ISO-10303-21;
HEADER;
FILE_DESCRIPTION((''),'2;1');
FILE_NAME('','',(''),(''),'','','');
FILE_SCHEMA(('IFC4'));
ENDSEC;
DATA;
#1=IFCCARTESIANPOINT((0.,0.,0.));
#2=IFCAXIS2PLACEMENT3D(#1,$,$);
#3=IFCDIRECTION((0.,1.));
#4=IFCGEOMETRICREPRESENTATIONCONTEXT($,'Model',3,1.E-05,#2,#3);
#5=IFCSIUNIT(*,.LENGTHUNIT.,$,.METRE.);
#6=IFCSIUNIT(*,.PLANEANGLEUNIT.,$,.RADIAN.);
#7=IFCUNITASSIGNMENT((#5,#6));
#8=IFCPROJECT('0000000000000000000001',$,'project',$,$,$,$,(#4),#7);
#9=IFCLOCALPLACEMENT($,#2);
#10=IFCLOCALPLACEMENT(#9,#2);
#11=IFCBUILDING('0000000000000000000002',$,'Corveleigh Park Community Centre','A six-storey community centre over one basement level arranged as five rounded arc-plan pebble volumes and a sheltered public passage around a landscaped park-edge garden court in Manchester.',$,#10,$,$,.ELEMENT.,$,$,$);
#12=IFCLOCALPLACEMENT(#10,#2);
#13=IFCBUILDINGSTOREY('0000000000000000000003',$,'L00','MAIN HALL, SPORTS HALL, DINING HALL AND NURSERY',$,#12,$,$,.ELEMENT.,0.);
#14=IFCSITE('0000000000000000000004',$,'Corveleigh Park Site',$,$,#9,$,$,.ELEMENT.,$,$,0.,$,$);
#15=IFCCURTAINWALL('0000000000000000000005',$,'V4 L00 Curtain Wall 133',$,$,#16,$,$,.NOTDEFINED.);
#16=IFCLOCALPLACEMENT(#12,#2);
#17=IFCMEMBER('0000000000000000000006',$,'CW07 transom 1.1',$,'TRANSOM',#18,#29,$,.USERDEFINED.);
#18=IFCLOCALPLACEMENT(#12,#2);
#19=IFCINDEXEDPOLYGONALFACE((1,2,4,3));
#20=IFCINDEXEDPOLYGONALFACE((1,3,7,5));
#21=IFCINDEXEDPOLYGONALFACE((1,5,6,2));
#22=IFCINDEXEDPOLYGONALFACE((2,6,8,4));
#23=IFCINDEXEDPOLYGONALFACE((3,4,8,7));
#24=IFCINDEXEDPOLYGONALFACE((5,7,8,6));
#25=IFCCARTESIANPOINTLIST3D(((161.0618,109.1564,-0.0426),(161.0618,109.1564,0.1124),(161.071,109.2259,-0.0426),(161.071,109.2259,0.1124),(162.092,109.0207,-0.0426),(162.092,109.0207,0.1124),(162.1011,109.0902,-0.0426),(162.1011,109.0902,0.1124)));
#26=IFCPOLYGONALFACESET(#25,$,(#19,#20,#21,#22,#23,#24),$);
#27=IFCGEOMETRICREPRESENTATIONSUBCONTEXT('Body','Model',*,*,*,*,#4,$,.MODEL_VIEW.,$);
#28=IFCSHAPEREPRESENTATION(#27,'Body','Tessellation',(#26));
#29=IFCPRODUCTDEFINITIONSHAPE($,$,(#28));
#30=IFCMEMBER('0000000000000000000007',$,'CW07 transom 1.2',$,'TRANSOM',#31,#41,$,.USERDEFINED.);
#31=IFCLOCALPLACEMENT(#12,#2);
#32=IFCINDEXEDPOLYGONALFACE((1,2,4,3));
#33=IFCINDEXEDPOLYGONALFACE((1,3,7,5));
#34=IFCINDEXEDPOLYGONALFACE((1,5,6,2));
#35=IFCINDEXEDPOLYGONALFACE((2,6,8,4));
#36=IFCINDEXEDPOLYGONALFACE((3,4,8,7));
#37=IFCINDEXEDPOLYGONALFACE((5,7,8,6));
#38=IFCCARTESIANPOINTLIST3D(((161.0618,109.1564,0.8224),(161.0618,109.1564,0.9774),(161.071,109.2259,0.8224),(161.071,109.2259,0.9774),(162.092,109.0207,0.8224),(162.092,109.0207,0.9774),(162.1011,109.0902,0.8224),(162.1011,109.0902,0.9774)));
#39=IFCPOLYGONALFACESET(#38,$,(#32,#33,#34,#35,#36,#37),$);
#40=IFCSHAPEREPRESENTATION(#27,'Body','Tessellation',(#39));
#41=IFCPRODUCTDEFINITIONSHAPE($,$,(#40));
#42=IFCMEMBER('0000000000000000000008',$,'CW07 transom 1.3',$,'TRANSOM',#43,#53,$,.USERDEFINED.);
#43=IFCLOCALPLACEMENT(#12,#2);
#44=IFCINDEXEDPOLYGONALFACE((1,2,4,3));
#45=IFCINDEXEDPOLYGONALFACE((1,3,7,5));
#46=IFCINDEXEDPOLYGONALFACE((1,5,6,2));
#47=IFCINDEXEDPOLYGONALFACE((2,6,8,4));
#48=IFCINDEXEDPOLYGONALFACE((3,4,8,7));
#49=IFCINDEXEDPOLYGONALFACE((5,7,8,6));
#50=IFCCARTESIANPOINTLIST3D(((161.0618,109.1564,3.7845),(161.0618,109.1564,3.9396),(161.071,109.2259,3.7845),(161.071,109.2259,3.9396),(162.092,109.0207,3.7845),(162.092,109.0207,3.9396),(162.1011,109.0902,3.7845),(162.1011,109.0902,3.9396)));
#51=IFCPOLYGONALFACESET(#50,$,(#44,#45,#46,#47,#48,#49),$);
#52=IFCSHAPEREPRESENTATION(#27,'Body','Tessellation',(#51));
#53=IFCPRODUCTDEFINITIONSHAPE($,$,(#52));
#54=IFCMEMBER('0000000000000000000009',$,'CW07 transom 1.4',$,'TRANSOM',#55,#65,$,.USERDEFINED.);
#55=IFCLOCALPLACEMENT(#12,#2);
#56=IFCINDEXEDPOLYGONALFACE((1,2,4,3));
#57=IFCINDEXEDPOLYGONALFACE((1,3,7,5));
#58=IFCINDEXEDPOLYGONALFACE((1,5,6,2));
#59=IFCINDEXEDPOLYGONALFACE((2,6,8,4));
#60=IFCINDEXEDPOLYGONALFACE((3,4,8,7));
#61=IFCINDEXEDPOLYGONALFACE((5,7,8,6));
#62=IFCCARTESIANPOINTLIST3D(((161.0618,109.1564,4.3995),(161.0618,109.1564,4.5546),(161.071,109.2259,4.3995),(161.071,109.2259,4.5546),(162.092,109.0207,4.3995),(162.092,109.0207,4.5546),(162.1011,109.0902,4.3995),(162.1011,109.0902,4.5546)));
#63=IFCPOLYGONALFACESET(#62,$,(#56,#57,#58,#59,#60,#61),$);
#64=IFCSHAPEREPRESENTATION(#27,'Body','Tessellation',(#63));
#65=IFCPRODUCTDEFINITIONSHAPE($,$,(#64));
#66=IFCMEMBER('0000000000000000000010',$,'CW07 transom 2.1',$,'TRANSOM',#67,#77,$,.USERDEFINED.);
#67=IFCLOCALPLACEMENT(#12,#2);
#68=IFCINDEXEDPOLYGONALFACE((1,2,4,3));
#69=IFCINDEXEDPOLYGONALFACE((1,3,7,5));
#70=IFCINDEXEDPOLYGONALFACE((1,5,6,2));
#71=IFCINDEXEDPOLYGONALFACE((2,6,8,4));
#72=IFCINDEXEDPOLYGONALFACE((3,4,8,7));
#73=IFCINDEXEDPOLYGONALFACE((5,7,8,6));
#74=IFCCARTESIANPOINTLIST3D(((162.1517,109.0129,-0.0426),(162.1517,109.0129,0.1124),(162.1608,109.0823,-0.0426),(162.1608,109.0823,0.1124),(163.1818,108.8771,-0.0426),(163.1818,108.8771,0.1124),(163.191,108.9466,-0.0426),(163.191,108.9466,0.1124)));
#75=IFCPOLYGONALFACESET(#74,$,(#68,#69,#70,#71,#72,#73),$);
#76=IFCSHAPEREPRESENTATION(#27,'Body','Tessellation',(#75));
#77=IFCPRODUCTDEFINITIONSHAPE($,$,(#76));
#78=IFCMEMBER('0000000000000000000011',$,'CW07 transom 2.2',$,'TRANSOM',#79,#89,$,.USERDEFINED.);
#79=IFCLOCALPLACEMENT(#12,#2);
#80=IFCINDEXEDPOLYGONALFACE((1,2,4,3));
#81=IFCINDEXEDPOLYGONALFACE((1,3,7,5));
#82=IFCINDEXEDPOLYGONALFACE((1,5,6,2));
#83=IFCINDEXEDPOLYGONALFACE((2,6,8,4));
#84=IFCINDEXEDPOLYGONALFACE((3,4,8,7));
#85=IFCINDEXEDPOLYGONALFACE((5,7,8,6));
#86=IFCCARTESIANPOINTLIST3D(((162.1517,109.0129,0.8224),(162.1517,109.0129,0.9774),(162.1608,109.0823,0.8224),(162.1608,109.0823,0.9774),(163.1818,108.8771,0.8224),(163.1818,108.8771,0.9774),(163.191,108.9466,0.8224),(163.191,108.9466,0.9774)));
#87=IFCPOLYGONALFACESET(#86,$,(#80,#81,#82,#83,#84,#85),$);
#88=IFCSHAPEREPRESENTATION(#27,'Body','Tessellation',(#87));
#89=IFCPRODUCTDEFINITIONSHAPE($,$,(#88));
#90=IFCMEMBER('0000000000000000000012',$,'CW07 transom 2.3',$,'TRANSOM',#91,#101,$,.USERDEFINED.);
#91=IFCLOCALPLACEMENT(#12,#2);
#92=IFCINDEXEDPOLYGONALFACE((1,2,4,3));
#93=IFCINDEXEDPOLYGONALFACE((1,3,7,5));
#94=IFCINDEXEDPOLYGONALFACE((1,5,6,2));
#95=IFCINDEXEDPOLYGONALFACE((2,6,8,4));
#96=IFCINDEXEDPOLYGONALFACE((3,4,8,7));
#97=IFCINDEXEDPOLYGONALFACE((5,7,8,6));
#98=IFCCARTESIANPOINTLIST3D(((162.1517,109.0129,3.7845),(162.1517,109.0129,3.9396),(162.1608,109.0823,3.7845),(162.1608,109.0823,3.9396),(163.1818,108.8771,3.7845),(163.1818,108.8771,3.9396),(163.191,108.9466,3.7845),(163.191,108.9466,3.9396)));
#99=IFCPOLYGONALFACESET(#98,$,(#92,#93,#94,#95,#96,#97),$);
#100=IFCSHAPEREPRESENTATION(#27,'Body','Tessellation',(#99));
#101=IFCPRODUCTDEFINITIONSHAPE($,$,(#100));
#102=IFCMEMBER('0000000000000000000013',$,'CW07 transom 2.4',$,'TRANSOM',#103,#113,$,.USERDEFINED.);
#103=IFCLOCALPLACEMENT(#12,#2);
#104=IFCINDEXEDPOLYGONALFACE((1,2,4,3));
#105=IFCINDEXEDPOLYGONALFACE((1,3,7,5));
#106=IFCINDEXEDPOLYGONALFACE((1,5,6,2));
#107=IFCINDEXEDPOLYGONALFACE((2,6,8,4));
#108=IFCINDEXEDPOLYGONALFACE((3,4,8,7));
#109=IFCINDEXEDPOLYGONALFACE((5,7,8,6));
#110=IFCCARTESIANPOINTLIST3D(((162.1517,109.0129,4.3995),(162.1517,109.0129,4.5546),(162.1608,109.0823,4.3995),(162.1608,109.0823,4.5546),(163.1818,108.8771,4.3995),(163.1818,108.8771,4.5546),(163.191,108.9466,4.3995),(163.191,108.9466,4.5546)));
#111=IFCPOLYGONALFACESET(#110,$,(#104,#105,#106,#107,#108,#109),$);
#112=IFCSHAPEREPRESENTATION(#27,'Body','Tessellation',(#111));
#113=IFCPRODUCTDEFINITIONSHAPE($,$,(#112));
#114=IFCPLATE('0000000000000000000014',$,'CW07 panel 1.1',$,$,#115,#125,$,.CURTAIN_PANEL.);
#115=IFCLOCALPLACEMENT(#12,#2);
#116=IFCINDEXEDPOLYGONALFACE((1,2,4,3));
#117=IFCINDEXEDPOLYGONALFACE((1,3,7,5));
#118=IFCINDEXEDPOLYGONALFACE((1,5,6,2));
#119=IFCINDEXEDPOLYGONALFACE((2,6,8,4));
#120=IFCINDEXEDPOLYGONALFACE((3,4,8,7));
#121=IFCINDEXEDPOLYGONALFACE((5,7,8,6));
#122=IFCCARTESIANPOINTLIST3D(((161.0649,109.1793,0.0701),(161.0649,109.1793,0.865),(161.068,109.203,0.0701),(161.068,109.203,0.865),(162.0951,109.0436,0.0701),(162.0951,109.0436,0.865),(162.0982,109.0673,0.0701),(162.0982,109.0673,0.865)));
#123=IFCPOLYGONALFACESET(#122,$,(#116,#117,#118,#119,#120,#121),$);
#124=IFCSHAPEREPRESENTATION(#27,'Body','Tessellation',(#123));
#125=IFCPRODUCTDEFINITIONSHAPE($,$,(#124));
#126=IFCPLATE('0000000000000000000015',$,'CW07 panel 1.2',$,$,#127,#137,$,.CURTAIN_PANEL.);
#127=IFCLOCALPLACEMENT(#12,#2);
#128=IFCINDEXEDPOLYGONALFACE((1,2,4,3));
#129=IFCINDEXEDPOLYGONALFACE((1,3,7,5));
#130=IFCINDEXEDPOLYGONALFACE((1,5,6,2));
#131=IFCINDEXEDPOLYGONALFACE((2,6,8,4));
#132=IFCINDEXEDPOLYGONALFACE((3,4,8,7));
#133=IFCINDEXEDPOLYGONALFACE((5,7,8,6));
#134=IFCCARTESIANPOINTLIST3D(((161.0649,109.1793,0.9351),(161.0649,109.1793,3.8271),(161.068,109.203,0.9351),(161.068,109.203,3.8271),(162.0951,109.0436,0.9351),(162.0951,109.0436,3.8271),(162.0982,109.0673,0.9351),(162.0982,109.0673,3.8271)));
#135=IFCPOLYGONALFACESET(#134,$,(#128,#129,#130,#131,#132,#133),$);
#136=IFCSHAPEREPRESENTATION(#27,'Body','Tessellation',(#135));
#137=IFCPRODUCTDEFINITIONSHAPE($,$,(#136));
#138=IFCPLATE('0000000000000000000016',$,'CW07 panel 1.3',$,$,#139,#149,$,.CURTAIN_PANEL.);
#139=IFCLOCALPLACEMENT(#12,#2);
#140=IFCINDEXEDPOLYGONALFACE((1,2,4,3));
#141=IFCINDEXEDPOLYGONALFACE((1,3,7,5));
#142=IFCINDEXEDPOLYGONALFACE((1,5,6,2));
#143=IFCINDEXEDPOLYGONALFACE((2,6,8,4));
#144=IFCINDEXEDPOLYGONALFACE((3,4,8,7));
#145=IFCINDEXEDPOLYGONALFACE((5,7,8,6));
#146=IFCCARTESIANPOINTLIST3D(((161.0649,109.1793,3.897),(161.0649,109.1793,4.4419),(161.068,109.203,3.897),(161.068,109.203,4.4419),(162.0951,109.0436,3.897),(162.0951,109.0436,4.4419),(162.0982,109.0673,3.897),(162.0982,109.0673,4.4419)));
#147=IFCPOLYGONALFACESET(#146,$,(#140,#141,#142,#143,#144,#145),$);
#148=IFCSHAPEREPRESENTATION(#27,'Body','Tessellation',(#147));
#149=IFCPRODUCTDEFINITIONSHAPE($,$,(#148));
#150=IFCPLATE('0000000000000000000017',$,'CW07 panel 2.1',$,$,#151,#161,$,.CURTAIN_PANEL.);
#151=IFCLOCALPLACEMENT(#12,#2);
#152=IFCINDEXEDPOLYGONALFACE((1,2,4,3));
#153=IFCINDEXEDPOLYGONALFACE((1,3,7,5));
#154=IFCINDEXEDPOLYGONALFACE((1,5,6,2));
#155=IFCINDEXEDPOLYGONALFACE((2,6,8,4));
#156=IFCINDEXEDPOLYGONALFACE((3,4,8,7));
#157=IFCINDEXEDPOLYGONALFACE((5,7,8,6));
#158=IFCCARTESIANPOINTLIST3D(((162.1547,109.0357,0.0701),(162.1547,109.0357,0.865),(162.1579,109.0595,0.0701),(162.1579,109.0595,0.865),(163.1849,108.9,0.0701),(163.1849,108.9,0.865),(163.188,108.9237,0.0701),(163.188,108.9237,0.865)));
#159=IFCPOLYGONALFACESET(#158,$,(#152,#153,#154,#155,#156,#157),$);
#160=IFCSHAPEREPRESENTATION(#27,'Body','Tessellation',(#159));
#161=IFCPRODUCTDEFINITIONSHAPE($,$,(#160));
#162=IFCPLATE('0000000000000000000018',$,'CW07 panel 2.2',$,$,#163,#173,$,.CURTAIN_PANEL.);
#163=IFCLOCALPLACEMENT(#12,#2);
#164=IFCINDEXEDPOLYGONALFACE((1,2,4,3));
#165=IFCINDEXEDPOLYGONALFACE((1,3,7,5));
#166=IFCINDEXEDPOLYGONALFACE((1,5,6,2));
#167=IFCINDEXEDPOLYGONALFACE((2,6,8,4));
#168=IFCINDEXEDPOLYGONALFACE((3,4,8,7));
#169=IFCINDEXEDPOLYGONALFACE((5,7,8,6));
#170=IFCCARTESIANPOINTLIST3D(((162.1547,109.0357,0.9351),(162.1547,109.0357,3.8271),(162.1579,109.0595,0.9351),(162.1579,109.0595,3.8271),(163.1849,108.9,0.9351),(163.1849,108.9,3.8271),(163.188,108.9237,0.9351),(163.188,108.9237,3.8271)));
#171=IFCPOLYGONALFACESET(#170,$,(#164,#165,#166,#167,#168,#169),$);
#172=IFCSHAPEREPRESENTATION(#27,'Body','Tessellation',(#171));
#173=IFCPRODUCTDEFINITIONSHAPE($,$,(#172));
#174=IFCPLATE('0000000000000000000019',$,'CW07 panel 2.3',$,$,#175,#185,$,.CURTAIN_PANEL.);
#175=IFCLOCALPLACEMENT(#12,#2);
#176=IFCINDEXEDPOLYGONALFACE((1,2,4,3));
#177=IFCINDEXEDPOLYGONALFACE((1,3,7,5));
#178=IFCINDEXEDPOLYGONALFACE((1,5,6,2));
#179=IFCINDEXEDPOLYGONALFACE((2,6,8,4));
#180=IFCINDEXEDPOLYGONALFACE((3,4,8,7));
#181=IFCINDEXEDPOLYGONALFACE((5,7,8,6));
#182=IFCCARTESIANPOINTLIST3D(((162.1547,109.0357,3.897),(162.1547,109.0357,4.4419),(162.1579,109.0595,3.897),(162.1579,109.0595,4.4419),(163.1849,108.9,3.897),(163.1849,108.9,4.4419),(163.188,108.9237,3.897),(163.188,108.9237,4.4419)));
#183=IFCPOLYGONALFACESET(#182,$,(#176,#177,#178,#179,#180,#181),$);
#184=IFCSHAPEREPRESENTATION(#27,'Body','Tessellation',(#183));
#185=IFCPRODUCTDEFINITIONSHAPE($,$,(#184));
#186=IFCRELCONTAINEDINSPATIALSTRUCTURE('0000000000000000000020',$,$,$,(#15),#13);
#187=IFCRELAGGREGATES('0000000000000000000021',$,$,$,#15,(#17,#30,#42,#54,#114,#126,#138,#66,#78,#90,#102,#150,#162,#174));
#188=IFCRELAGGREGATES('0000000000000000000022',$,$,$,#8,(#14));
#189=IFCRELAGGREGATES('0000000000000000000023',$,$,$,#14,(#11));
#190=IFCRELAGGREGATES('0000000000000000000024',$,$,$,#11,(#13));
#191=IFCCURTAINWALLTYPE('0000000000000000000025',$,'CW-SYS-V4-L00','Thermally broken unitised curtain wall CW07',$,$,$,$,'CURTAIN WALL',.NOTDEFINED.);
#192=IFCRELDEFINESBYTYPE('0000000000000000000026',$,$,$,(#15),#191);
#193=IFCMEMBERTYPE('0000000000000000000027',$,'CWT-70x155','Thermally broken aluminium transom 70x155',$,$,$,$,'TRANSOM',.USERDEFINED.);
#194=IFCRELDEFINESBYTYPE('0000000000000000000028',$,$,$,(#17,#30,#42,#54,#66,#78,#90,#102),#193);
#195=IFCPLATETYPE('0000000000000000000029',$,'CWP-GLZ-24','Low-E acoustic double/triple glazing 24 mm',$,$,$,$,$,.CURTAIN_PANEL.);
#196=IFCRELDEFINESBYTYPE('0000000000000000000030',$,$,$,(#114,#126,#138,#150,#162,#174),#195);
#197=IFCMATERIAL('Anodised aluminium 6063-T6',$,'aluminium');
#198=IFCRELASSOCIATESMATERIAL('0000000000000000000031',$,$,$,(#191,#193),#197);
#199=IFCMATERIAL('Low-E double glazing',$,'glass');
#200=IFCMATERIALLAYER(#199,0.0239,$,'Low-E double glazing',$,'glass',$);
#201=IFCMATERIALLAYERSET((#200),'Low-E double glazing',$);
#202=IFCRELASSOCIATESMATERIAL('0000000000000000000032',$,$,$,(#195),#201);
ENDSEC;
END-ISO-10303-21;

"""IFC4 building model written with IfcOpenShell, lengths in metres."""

from ifc_helpers import new_model, si_unit, direction, frame, origin, origin_2d, place, context, subcontext, project, spatial, rectangle, extrude, material, layer, layer_set, material_profile, profile_set, type_object, element, aggregate, save


model = new_model("IFC4")

# Units and contexts
model_context = context("Model", 3, precision=1e-05, world=origin(), true_north=direction((0.0, 1.0)))
body_context = subcontext(model_context, "Body", "Model", "MODEL_VIEW")
ifc_project = project(units=[si_unit("LENGTHUNIT", "METRE"), si_unit("PLANEANGLEUNIT", "RADIAN")], contexts=[model_context])

# Site, building, storey
site_placement = place(None, origin())
site = spatial("IfcSite", under=ifc_project, at=site_placement, Name="Corveleigh Park Site", CompositionType="ELEMENT", RefElevation=0.0)
building_placement = place(site_placement, origin())
building = spatial("IfcBuilding", under=site, at=building_placement, Name="Corveleigh Park Community Centre", Description="A six-storey community centre over one basement level arranged as five rounded arc-plan pebble volumes and a sheltered public passage around a landscaped park-edge garden court in Manchester.", CompositionType="ELEMENT")
storey_placement = place(building_placement, origin())
storey = spatial("IfcBuildingStorey", under=building, at=storey_placement, Name="L00", Description="MAIN HALL, SPORTS HALL, DINING HALL AND NURSERY", CompositionType="ELEMENT", Elevation=0.0)

# Curtain wall
ifc_material_1 = material(Name="Anodised aluminium 6063-T6", Category="aluminium")
curtain_wall_type = type_object("IfcCurtainWallType", Name="CW-SYS-V4-L00", Description="Thermally broken unitised curtain wall CW07", ElementType="CURTAIN WALL", PredefinedType="NOTDEFINED", material=ifc_material_1)
curtain_wall_1_placement = place(storey_placement, origin())
curtain_wall_1 = element("IfcCurtainWall", 1, at=curtain_wall_1_placement, inside=storey, type_object=curtain_wall_type, Name="V4 L00 Curtain Wall 133", PredefinedType="NOTDEFINED")

# Members
ifc_material_profile_1 = material_profile(ifc_material_1, rectangle(XDim=0.0701, YDim=0.155, at=origin_2d()), Name="ALU-T70x155", Category="aluminium")
ifc_profile_set_1 = profile_set([ifc_material_profile_1], Name="Anodised aluminium 6063-T6")
member_type_1 = type_object("IfcMemberType", Name="CWT-70x155", Description="Thermally broken aluminium transom 70x155", ElementType="TRANSOM", PredefinedType="USERDEFINED", material=ifc_profile_set_1)
member_1_placement = place(storey_placement, frame((161.0664, 109.1912, 0.0349), z_axis=(0.991432, -0.130625, 0.0), x_axis=(0.130625, 0.991432, 0.0)))
member_1 = element("IfcMember", 2, at=member_1_placement, type_object=member_type_1, Name="CW07 transom 1.1", ObjectType="TRANSOM", PredefinedType="USERDEFINED", context=body_context, shape_type="SweptSolid", body=[
    extrude(rectangle(XDim=0.0701, YDim=0.155, at=origin_2d()), origin(), (0.0, 0.0, 1.0), 1.0391),
])
member_2_placement = place(storey_placement, frame((161.0664, 109.1912, 0.8999), z_axis=(0.991432, -0.130625, 0.0), x_axis=(0.130625, 0.991432, 0.0)))
member_2 = element("IfcMember", 3, at=member_2_placement, type_object=member_type_1, Name="CW07 transom 1.2", ObjectType="TRANSOM", PredefinedType="USERDEFINED", context=body_context, shape_type="SweptSolid", body=[
    extrude(rectangle(XDim=0.0701, YDim=0.155, at=origin_2d()), origin(), (0.0, 0.0, 1.0), 1.0391),
])
member_3_placement = place(storey_placement, frame((161.0664, 109.1912, 3.8621), z_axis=(0.991432, -0.130625, 0.0), x_axis=(0.130625, 0.991432, 0.0)))
member_3 = element("IfcMember", 4, at=member_3_placement, type_object=member_type_1, Name="CW07 transom 1.3", ObjectType="TRANSOM", PredefinedType="USERDEFINED", context=body_context, shape_type="SweptSolid", body=[
    extrude(rectangle(XDim=0.0701, YDim=0.155, at=origin_2d()), origin(), (0.0, 0.0, 1.0), 1.0391),
])
member_4_placement = place(storey_placement, frame((161.0664, 109.1912, 4.4771), z_axis=(0.991432, -0.130625, 0.0), x_axis=(0.130625, 0.991432, 0.0)))
member_4 = element("IfcMember", 5, at=member_4_placement, type_object=member_type_1, Name="CW07 transom 1.4", ObjectType="TRANSOM", PredefinedType="USERDEFINED", context=body_context, shape_type="SweptSolid", body=[
    extrude(rectangle(XDim=0.0701, YDim=0.155, at=origin_2d()), origin(), (0.0, 0.0, 1.0), 1.0391),
])
member_5_placement = place(storey_placement, frame((162.1562, 109.0476, 0.0349), z_axis=(0.991432, -0.130625, 0.0), x_axis=(0.130625, 0.991432, 0.0)))
member_5 = element("IfcMember", 6, at=member_5_placement, type_object=member_type_1, Name="CW07 transom 2.1", ObjectType="TRANSOM", PredefinedType="USERDEFINED", context=body_context, shape_type="SweptSolid", body=[
    extrude(rectangle(XDim=0.0701, YDim=0.155, at=origin_2d()), origin(), (0.0, 0.0, 1.0), 1.0391),
])
member_6_placement = place(storey_placement, frame((162.1562, 109.0476, 0.8999), z_axis=(0.991432, -0.130625, 0.0), x_axis=(0.130625, 0.991432, 0.0)))
member_6 = element("IfcMember", 7, at=member_6_placement, type_object=member_type_1, Name="CW07 transom 2.2", ObjectType="TRANSOM", PredefinedType="USERDEFINED", context=body_context, shape_type="SweptSolid", body=[
    extrude(rectangle(XDim=0.0701, YDim=0.155, at=origin_2d()), origin(), (0.0, 0.0, 1.0), 1.0391),
])
member_7_placement = place(storey_placement, frame((162.1562, 109.0476, 3.8621), z_axis=(0.991432, -0.130625, 0.0), x_axis=(0.130625, 0.991432, 0.0)))
member_7 = element("IfcMember", 8, at=member_7_placement, type_object=member_type_1, Name="CW07 transom 2.3", ObjectType="TRANSOM", PredefinedType="USERDEFINED", context=body_context, shape_type="SweptSolid", body=[
    extrude(rectangle(XDim=0.0701, YDim=0.155, at=origin_2d()), origin(), (0.0, 0.0, 1.0), 1.0391),
])
member_8_placement = place(storey_placement, frame((162.1562, 109.0476, 4.4771), z_axis=(0.991432, -0.130625, 0.0), x_axis=(0.130625, 0.991432, 0.0)))
member_8 = element("IfcMember", 9, at=member_8_placement, type_object=member_type_1, Name="CW07 transom 2.4", ObjectType="TRANSOM", PredefinedType="USERDEFINED", context=body_context, shape_type="SweptSolid", body=[
    extrude(rectangle(XDim=0.0701, YDim=0.155, at=origin_2d()), origin(), (0.0, 0.0, 1.0), 1.0391),
])

# Plates
ifc_material_2 = material(Name="Low-E double glazing", Category="glass")
ifc_layer_1 = layer(ifc_material_2, 0.0239, Name="Low-E double glazing", Category="glass")
ifc_layer_set_1 = layer_set([ifc_layer_1], Name="Low-E double glazing")
plate_type_1 = type_object("IfcPlateType", Name="CWP-GLZ-24", Description="Low-E acoustic double/triple glazing 24 mm", PredefinedType="CURTAIN_PANEL", material=ifc_layer_set_1)
plate_1_placement = place(storey_placement, frame((161.5815, 109.1233, 0.0701), z_axis=(0.0, 0.0, 1.0), x_axis=(0.991432, -0.130626, 0.0)))
plate_1 = element("IfcPlate", 10, at=plate_1_placement, type_object=plate_type_1, Name="CW07 panel 1.1", PredefinedType="CURTAIN_PANEL", context=body_context, shape_type="SweptSolid", body=[
    extrude(rectangle(XDim=1.0391, YDim=0.0239, at=origin_2d()), origin(), (0.0, 0.0, 1.0), 0.7949),
])
plate_2_placement = place(storey_placement, frame((161.5815, 109.1233, 0.9351), z_axis=(0.0, 0.0, 1.0), x_axis=(0.991432, -0.130626, 0.0)))
plate_2 = element("IfcPlate", 11, at=plate_2_placement, type_object=plate_type_1, Name="CW07 panel 1.2", PredefinedType="CURTAIN_PANEL", context=body_context, shape_type="SweptSolid", body=[
    extrude(rectangle(XDim=1.0391, YDim=0.0239, at=origin_2d()), origin(), (0.0, 0.0, 1.0), 2.8921),
])
plate_3_placement = place(storey_placement, frame((161.5815, 109.1233, 3.897), z_axis=(0.0, 0.0, 1.0), x_axis=(0.991432, -0.130626, 0.0)))
plate_3 = element("IfcPlate", 12, at=plate_3_placement, type_object=plate_type_1, Name="CW07 panel 1.3", PredefinedType="CURTAIN_PANEL", context=body_context, shape_type="SweptSolid", body=[
    extrude(rectangle(XDim=1.0391, YDim=0.0239, at=origin_2d()), origin(), (0.0, 0.0, 1.0), 0.5449),
])
plate_4_placement = place(storey_placement, frame((162.6714, 108.9797, 0.0701), z_axis=(0.0, 0.0, 1.0), x_axis=(0.991432, -0.130626, 0.0)))
plate_4 = element("IfcPlate", 13, at=plate_4_placement, type_object=plate_type_1, Name="CW07 panel 2.1", PredefinedType="CURTAIN_PANEL", context=body_context, shape_type="SweptSolid", body=[
    extrude(rectangle(XDim=1.0391, YDim=0.0239, at=origin_2d()), origin(), (0.0, 0.0, 1.0), 0.7949),
])
plate_5_placement = place(storey_placement, frame((162.6714, 108.9797, 0.9351), z_axis=(0.0, 0.0, 1.0), x_axis=(0.991432, -0.130626, 0.0)))
plate_5 = element("IfcPlate", 14, at=plate_5_placement, type_object=plate_type_1, Name="CW07 panel 2.2", PredefinedType="CURTAIN_PANEL", context=body_context, shape_type="SweptSolid", body=[
    extrude(rectangle(XDim=1.0391, YDim=0.0239, at=origin_2d()), origin(), (0.0, 0.0, 1.0), 2.8921),
])
plate_6_placement = place(storey_placement, frame((162.6714, 108.9797, 3.897), z_axis=(0.0, 0.0, 1.0), x_axis=(0.991432, -0.130626, 0.0)))
plate_6 = element("IfcPlate", 15, at=plate_6_placement, type_object=plate_type_1, Name="CW07 panel 2.3", PredefinedType="CURTAIN_PANEL", context=body_context, shape_type="SweptSolid", body=[
    extrude(rectangle(XDim=1.0391, YDim=0.0239, at=origin_2d()), origin(), (0.0, 0.0, 1.0), 0.5449),
])
aggregate(curtain_wall_1, [member_1, member_2, member_3, member_4, plate_1, plate_2, plate_3, member_5, member_6, member_7, member_8, plate_4, plate_5, plate_6])

save(model, "model.ifc")
